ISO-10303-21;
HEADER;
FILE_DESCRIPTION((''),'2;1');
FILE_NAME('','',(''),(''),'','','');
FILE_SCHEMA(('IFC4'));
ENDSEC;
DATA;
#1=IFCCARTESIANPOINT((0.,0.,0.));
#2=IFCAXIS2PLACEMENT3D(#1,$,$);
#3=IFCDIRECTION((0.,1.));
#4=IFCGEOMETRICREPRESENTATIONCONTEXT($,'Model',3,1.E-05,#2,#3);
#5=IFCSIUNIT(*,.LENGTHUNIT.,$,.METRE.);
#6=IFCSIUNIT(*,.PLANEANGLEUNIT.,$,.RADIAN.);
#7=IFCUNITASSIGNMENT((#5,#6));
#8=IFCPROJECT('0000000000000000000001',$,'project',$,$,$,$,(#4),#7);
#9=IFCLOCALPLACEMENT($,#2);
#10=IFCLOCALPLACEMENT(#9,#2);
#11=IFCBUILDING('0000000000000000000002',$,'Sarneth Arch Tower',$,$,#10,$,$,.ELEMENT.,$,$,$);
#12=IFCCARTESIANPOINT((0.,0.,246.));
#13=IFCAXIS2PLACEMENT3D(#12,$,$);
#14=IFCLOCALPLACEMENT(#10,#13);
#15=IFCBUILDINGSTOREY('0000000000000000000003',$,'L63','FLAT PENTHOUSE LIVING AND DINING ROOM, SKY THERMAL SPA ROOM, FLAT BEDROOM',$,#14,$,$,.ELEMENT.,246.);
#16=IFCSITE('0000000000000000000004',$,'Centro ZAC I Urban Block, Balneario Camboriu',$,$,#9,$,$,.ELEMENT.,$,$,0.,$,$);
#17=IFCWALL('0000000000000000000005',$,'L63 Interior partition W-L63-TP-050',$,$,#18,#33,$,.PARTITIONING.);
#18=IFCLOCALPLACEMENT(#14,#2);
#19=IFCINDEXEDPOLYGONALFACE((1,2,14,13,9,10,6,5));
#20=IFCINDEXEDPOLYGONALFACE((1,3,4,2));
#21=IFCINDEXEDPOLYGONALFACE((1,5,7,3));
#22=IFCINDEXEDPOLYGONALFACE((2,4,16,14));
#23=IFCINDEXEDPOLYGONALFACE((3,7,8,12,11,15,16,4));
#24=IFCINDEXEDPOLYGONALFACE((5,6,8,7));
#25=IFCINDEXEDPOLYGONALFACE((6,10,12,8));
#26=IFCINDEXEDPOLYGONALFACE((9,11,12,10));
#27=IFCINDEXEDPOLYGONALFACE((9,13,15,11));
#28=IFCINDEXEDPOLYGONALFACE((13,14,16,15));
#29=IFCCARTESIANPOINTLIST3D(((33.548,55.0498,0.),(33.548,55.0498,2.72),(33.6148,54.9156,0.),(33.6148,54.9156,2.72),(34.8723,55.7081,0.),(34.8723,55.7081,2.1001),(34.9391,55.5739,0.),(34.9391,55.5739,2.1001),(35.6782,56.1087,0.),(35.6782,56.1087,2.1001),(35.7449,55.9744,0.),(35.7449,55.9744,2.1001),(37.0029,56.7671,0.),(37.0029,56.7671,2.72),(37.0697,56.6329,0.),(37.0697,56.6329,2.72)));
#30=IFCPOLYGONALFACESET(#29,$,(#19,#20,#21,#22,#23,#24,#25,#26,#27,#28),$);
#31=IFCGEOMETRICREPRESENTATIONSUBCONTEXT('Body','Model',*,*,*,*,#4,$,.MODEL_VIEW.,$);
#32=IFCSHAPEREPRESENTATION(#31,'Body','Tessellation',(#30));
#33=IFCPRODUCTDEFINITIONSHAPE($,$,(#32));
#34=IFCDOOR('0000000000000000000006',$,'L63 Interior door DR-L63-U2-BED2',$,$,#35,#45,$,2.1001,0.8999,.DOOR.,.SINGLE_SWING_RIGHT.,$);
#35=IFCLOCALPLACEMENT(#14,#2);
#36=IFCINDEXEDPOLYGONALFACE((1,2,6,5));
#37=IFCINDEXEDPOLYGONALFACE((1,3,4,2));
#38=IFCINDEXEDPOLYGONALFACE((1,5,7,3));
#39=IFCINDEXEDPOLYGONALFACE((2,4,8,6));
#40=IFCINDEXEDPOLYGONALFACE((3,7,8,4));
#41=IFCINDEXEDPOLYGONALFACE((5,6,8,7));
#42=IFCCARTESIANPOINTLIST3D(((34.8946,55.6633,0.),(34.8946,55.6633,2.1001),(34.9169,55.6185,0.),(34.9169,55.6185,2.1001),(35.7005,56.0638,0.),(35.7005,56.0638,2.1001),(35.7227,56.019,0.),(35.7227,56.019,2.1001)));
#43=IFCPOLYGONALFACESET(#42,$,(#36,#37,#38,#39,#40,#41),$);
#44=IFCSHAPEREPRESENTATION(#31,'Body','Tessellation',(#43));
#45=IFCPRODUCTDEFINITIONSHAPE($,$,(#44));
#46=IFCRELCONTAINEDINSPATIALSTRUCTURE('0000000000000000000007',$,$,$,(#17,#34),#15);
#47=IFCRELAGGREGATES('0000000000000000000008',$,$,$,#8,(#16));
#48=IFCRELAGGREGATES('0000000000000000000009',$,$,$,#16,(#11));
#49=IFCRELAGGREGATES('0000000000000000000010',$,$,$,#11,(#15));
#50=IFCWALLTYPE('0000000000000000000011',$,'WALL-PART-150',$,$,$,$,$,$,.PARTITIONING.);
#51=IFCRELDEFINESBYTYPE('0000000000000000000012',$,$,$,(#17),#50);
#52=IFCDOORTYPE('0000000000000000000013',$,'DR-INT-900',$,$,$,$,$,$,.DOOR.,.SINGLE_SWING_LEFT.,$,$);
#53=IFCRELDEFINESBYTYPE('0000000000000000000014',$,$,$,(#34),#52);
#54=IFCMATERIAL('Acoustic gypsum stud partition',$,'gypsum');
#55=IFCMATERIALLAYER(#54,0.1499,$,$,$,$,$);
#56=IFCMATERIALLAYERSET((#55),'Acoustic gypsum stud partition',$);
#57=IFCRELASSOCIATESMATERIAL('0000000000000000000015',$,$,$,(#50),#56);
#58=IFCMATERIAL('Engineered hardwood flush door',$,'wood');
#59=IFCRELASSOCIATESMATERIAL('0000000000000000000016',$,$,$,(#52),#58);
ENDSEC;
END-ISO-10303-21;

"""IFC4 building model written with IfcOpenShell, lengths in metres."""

from ifc_helpers import new_model, si_unit, direction, frame, frame_2d, origin, place, context, subcontext, project, spatial, rectangle, extrude, material, layer, layer_set, type_object, element, fill, save


model = new_model("IFC4")

# Units and contexts
model_context = context("Model", 3, precision=1e-05, world=origin(), true_north=direction((0.0, 1.0)))
body_context = subcontext(model_context, "Body", "Model", "MODEL_VIEW")
ifc_project = project(units=[si_unit("LENGTHUNIT", "METRE"), si_unit("PLANEANGLEUNIT", "RADIAN")], contexts=[model_context])

# Site, building, storey
site_placement = place(None, origin())
site = spatial("IfcSite", under=ifc_project, at=site_placement, Name="Centro ZAC I Urban Block, Balneario Camboriu", CompositionType="ELEMENT", RefElevation=0.0)
building_placement = place(site_placement, origin())
building = spatial("IfcBuilding", under=site, at=building_placement, Name="Sarneth Arch Tower", CompositionType="ELEMENT")
storey_placement = place(building_placement, frame((0.0, 0.0, 246.0)))
storey = spatial("IfcBuildingStorey", under=building, at=storey_placement, Name="L63", Description="FLAT PENTHOUSE LIVING AND DINING ROOM, SKY THERMAL SPA ROOM, FLAT BEDROOM", CompositionType="ELEMENT", Elevation=246.0)

# Wall, opening, door
ifc_material_1 = material(Name="Acoustic gypsum stud partition", Category="gypsum")
ifc_layer_1 = layer(ifc_material_1, 0.1499)
ifc_layer_set_1 = layer_set([ifc_layer_1], Name="Acoustic gypsum stud partition")
wall_type_1 = type_object("IfcWallType", Name="WALL-PART-150", PredefinedType="PARTITIONING", material=ifc_layer_set_1)
wall_1_placement = place(storey_placement, frame((33.5813, 54.9827, 0.0), z_axis=(0.0, 0.0, 1.0), x_axis=(0.895475, 0.445111, 0.0)))
wall_1 = element("IfcWall", 1, at=wall_1_placement, inside=storey, type_object=wall_type_1, Name="L63 Interior partition W-L63-TP-050", PredefinedType="PARTITIONING", context=body_context, shape_type="SweptSolid", body=[
    extrude(rectangle(XDim=3.8582, YDim=0.1499, at=frame_2d((1.9292, 0.0))), origin(), (0.0, 0.0, 1.0), 2.72),
])
opening_1_placement = place(wall_1_placement, frame((1.479, 0.0, 0.0)))
opening_1 = element("IfcOpeningElement", 2, at=opening_1_placement, cuts=wall_1, PredefinedType="OPENING", context=body_context, shape_type="SweptSolid", body=[
    extrude(rectangle(XDim=0.8999, YDim=2.1001, at=frame_2d((0.45, 1.05))), frame((0.0, 0.085, 0.0), z_axis=(0.0, -1.0, 0.0), x_axis=(1.0, 0.0, 0.0)), (0.0, 0.0, 1.0), 0.1699),
])
ifc_material_2 = material(Name="Engineered hardwood flush door", Category="wood")
door_type_1 = type_object("IfcDoorType", Name="DR-INT-900", OperationType="SINGLE_SWING_LEFT", PredefinedType="DOOR", material=ifc_material_2)
door_1_placement = place(opening_1_placement, origin())
door_1 = element("IfcDoor", 3, at=door_1_placement, inside=storey, type_object=door_type_1, Name="L63 Interior door DR-L63-U2-BED2", OperationType="SINGLE_SWING_RIGHT", OverallHeight=2.1001, OverallWidth=0.8999, PredefinedType="DOOR", context=body_context, shape_type="SweptSolid", body=[
    extrude(rectangle(XDim=0.8999, YDim=2.1001, at=frame_2d((0.45, 1.05))), frame((0.0, 0.0249, 0.0), z_axis=(0.0, -1.0, 0.0), x_axis=(1.0, 0.0, 0.0)), (0.0, 0.0, 1.0), 0.05),
])
fill(opening_1, door_1)

save(model, "model.ifc")
